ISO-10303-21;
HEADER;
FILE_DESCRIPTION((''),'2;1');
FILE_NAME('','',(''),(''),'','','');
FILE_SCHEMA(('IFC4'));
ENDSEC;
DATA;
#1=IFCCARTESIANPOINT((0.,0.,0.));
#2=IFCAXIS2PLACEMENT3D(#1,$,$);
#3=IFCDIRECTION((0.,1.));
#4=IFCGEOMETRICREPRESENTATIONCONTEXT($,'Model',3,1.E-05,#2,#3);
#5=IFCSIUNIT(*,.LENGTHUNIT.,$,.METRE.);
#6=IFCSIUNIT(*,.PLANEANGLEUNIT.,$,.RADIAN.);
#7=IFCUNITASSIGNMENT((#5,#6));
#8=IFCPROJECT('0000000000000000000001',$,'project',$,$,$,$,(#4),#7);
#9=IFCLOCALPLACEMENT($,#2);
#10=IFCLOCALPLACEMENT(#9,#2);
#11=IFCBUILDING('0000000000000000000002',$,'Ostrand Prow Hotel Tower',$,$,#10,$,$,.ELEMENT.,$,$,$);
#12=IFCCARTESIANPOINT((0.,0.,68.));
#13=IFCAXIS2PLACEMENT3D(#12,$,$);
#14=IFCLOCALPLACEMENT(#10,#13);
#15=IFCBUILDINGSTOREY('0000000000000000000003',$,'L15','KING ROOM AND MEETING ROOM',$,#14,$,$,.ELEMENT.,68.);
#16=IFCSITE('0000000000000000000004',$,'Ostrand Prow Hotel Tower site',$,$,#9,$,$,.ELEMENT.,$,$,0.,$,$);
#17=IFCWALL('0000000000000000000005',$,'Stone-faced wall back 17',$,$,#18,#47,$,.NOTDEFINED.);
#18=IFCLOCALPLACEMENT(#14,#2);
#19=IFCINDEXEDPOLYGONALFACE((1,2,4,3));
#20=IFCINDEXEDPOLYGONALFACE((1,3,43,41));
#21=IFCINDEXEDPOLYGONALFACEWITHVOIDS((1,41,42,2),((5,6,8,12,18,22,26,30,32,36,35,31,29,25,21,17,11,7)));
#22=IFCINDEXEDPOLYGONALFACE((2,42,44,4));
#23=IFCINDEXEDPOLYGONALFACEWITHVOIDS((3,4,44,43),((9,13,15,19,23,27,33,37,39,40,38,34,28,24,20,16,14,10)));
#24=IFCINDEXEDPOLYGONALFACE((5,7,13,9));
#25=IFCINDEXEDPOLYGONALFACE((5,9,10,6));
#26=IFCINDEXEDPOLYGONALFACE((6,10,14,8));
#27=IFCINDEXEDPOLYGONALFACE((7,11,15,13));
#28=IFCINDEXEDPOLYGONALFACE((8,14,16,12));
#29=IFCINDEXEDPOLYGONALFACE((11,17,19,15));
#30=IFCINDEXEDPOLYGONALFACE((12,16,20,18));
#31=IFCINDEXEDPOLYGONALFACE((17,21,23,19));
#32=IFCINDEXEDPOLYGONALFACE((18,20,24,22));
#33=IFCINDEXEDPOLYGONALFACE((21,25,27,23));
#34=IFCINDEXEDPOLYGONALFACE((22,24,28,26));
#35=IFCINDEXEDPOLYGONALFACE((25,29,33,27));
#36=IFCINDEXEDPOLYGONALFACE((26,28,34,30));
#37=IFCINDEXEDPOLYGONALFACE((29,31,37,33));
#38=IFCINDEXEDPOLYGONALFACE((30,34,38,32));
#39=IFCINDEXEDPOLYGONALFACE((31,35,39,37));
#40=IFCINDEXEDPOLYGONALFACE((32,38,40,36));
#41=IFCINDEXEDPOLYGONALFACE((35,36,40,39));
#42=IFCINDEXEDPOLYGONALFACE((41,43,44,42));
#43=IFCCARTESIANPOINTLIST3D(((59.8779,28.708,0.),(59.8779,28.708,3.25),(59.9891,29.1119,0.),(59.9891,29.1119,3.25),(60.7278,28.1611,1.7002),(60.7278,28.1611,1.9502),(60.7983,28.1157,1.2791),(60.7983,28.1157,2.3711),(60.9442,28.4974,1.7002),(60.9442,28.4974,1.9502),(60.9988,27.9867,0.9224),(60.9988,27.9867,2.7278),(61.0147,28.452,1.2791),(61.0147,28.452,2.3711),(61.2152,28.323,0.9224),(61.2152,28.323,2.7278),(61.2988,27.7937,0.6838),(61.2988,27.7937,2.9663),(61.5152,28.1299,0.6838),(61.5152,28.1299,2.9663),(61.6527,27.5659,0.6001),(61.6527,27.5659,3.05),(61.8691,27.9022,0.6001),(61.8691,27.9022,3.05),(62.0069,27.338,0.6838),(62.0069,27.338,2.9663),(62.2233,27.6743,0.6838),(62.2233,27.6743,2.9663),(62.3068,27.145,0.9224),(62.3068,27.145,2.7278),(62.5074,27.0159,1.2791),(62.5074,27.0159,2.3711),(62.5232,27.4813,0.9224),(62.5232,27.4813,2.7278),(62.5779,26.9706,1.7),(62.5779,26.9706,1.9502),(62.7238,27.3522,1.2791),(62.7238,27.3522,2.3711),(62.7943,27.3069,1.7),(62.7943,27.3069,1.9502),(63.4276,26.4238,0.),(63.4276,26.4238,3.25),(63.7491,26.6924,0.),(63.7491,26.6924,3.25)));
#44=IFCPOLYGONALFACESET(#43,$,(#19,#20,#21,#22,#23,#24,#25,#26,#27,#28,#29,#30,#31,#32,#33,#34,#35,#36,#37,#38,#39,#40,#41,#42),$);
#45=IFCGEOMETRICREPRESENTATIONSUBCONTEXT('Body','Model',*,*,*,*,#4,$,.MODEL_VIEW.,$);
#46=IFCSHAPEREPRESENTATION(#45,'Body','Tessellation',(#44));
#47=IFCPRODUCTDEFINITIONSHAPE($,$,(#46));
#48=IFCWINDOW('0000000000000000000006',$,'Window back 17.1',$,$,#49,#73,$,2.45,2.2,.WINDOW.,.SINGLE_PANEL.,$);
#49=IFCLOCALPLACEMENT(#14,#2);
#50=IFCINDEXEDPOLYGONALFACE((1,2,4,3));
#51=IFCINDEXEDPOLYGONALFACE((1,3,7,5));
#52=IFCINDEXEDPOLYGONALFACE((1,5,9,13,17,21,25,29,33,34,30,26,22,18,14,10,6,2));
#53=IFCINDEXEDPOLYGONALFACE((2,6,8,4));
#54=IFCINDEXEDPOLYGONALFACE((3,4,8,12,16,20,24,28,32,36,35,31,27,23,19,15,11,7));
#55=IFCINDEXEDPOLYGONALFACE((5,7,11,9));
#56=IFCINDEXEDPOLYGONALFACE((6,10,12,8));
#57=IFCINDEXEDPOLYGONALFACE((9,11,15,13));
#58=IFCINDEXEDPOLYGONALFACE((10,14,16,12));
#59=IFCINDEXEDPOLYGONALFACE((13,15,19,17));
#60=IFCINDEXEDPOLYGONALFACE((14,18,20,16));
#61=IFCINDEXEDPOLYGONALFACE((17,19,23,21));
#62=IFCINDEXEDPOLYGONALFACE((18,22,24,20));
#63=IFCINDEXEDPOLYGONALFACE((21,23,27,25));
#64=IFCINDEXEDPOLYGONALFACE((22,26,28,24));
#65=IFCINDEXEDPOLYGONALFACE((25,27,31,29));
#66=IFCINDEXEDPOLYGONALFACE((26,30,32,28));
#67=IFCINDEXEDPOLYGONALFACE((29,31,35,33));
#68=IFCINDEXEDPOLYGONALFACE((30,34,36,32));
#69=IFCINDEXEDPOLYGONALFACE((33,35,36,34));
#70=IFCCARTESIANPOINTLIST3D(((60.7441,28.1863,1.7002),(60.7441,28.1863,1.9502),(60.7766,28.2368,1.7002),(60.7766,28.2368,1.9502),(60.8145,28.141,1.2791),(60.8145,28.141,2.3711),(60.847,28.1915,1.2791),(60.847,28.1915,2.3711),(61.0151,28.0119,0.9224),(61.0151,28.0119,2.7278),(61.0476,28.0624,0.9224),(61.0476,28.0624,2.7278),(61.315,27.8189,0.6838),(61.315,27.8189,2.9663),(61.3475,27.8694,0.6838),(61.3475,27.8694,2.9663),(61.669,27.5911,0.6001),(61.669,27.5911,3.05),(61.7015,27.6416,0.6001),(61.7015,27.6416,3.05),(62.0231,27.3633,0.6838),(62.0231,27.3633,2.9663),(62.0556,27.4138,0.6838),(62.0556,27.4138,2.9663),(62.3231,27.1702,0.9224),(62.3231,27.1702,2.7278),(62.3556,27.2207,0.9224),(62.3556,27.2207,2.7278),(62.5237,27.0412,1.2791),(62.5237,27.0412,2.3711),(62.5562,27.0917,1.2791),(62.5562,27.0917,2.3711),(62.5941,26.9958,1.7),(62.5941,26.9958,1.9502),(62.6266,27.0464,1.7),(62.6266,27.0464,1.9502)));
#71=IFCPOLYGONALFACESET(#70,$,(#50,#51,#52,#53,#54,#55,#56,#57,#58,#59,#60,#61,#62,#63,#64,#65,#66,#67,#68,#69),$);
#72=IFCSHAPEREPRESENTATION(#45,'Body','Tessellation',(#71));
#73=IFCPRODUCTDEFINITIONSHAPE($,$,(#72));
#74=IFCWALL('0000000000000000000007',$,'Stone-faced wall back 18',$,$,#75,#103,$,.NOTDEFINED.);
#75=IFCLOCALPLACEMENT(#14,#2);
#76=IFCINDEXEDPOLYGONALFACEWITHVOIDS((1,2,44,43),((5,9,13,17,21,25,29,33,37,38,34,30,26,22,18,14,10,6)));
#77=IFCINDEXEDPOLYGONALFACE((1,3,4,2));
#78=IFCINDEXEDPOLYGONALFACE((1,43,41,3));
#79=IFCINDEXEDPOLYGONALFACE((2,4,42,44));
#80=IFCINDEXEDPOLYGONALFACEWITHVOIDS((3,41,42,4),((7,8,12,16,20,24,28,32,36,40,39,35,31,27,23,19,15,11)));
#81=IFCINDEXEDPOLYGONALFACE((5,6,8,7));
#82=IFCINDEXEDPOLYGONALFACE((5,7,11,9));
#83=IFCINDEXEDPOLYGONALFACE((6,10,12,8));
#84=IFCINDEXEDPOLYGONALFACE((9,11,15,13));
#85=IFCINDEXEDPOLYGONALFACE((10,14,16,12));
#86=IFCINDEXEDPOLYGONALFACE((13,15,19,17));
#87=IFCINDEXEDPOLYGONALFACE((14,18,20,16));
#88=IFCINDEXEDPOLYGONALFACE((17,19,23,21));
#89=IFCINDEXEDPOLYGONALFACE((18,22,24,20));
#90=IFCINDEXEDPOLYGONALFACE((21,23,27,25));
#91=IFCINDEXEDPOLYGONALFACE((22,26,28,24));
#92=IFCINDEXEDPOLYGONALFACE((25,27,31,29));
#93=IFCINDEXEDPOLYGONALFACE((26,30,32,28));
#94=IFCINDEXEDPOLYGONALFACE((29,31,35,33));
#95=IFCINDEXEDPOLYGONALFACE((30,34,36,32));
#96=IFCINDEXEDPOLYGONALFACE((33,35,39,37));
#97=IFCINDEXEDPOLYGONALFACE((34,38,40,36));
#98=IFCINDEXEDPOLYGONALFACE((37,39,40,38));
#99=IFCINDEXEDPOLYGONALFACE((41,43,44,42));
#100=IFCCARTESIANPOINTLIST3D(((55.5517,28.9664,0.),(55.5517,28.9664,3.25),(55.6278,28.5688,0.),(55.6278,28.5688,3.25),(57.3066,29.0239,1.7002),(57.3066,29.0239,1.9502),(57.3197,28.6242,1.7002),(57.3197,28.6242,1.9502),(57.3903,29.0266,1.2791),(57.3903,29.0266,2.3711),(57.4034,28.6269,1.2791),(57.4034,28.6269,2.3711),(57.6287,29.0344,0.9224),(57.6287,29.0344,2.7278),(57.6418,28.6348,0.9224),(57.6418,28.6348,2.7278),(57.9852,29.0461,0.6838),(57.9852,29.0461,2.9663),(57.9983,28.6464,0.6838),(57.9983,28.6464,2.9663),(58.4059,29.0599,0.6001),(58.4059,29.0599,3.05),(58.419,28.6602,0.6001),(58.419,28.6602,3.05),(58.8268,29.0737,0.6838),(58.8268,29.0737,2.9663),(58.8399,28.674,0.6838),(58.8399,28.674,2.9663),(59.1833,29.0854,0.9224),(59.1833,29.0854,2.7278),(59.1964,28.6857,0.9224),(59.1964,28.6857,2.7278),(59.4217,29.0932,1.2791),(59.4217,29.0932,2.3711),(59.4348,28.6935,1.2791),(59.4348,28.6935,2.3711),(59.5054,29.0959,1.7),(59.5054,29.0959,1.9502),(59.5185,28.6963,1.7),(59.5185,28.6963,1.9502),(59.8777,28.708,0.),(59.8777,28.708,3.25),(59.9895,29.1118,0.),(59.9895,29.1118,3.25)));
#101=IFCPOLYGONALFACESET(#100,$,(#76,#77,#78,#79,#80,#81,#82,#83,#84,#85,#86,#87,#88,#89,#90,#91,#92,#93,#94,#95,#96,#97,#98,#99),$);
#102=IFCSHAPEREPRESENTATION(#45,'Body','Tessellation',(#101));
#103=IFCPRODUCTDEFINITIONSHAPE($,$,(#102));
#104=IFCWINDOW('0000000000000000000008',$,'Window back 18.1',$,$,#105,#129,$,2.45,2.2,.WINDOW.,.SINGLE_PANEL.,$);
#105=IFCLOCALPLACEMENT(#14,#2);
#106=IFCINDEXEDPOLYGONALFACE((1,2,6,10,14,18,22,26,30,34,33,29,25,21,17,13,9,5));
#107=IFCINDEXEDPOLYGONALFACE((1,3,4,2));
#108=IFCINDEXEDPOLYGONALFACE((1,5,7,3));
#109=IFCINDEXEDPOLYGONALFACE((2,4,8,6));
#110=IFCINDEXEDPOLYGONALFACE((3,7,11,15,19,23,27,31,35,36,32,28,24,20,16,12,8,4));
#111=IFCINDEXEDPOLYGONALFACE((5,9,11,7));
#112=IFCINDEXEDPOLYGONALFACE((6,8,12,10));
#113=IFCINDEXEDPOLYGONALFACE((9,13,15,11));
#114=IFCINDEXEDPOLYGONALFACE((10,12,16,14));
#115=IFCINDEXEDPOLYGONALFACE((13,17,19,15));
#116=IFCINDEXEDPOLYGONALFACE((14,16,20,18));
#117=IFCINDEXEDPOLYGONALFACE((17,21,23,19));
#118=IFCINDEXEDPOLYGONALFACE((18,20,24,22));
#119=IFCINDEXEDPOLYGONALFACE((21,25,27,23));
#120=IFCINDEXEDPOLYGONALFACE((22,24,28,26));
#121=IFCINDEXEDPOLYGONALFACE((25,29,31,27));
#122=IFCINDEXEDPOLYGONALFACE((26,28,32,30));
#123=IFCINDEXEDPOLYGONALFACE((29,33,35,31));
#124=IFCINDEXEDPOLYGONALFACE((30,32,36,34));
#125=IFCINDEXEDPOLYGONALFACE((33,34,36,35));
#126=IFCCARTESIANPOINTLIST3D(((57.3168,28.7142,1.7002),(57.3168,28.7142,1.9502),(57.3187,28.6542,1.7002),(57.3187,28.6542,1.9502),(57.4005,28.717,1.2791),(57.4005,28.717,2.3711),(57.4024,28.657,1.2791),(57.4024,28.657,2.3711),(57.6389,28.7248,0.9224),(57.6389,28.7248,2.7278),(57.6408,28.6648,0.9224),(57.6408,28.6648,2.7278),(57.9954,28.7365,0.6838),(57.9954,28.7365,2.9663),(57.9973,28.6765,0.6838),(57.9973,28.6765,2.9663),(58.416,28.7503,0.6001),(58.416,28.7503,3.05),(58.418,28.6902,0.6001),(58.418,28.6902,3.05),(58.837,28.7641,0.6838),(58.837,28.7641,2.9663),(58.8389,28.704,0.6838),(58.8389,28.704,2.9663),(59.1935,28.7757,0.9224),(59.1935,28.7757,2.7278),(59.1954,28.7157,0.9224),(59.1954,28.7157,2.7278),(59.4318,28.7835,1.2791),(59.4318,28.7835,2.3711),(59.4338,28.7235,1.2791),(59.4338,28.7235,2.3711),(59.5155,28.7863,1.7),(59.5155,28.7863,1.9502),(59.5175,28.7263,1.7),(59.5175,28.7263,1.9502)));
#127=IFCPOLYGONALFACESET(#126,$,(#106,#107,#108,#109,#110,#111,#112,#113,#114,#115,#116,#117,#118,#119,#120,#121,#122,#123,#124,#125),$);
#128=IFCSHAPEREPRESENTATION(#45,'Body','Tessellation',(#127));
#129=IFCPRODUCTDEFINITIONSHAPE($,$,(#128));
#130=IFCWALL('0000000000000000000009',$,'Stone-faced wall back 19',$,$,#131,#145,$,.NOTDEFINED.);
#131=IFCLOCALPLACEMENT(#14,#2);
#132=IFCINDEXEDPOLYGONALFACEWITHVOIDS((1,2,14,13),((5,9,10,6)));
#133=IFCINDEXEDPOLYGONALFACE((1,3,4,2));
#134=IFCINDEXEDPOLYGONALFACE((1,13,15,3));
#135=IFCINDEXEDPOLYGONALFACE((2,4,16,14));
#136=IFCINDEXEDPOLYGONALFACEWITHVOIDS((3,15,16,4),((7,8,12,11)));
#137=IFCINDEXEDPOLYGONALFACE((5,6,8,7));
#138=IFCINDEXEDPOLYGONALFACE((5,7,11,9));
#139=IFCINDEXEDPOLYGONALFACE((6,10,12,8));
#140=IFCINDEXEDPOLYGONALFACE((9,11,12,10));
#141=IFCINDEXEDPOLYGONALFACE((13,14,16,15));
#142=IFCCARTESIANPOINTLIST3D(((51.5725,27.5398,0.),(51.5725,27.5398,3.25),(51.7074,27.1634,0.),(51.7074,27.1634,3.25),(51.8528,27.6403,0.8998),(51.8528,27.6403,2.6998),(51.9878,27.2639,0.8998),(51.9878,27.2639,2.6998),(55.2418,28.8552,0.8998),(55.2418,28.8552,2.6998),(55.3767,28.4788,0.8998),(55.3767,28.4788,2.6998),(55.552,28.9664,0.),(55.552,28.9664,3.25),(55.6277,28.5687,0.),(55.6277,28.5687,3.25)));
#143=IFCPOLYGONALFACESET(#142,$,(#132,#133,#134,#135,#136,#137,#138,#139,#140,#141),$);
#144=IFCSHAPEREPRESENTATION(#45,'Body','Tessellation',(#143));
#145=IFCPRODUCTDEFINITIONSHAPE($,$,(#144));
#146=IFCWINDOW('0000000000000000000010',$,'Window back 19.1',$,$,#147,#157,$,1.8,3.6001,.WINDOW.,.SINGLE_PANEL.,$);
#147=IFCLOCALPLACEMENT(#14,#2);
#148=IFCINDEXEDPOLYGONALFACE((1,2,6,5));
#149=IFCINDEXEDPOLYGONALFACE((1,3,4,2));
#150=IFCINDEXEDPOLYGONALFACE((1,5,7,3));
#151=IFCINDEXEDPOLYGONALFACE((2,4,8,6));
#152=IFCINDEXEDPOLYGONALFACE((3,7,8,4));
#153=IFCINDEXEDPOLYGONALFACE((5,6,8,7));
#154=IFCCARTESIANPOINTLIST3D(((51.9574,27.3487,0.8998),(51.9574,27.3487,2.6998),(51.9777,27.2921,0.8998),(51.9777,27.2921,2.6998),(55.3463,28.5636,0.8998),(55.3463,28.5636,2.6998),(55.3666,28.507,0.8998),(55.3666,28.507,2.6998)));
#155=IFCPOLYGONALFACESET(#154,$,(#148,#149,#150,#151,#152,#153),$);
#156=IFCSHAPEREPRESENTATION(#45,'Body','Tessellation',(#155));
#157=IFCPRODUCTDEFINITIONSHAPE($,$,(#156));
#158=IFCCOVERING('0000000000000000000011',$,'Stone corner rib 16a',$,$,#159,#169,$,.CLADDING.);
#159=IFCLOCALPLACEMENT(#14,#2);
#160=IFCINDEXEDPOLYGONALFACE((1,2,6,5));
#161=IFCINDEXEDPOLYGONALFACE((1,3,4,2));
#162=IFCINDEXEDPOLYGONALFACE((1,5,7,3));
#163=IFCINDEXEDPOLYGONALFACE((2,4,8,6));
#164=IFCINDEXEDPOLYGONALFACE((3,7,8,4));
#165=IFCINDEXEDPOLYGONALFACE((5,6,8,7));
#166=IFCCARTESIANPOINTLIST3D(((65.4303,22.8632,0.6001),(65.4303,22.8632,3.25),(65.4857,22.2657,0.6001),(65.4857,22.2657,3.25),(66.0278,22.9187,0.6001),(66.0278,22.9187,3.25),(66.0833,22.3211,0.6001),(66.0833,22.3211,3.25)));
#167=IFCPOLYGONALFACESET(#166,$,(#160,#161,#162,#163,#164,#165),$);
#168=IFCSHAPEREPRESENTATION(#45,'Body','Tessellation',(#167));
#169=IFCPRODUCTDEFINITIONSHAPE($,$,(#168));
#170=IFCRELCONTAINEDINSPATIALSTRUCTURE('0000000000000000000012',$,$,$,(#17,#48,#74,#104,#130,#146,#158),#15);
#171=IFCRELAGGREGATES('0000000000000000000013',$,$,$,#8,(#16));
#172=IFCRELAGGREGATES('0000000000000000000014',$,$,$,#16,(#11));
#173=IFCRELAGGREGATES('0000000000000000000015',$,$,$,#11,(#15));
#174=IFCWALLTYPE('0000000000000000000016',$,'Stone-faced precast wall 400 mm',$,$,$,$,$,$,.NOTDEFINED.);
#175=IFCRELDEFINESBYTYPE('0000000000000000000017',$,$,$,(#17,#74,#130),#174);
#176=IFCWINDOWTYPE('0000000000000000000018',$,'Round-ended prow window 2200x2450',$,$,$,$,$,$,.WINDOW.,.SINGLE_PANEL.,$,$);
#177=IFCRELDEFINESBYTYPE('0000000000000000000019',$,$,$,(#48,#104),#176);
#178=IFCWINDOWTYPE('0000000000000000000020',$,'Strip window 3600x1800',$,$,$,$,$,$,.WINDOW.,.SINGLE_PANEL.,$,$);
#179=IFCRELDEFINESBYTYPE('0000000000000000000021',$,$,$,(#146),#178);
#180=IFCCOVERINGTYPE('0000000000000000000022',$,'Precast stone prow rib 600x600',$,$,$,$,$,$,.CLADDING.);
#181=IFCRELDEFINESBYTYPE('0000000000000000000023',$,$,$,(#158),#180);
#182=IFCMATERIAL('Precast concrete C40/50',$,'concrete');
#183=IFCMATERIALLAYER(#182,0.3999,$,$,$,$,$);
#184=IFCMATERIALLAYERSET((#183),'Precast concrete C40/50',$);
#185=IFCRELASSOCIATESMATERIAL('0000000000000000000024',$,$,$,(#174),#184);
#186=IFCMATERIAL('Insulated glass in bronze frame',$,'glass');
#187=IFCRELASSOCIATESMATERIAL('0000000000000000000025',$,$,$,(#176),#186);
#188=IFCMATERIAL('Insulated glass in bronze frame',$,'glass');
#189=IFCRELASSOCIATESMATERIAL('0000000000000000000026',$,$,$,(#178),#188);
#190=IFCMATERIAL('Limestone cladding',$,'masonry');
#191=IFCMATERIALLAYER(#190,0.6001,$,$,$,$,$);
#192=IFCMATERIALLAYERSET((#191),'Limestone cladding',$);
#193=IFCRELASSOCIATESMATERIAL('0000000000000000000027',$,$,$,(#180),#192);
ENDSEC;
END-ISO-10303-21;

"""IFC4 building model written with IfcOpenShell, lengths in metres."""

from ifc_helpers import new_model, si_unit, direction, frame, frame_2d, origin, place, context, subcontext, project, spatial, polyline, rectangle, outline, extrude, material, layer, layer_set, type_object, element, fill, save


model = new_model("IFC4")

# Units and contexts
model_context = context("Model", 3, precision=1e-05, world=origin(), true_north=direction((0.0, 1.0)))
body_context = subcontext(model_context, "Body", "Model", "MODEL_VIEW")
ifc_project = project(units=[si_unit("LENGTHUNIT", "METRE"), si_unit("PLANEANGLEUNIT", "RADIAN")], contexts=[model_context])

# Site, building, storey
site_placement = place(None, origin())
site = spatial("IfcSite", under=ifc_project, at=site_placement, Name="Ostrand Prow Hotel Tower site", CompositionType="ELEMENT", RefElevation=0.0)
building_placement = place(site_placement, origin())
building = spatial("IfcBuilding", under=site, at=building_placement, Name="Ostrand Prow Hotel Tower", CompositionType="ELEMENT")
storey_placement = place(building_placement, frame((0.0, 0.0, 68.0)))
storey = spatial("IfcBuildingStorey", under=building, at=storey_placement, Name="L15", Description="KING ROOM AND MEETING ROOM", CompositionType="ELEMENT", Elevation=68.0)

# Walls, openings, windows
ifc_material_1 = material(Name="Precast concrete C40/50", Category="concrete")
ifc_layer_1 = layer(ifc_material_1, 0.3999)
ifc_layer_set_1 = layer_set([ifc_layer_1], Name="Precast concrete C40/50")
wall_type_1 = type_object("IfcWallType", Name="Stone-faced precast wall 400 mm", PredefinedType="NOTDEFINED", material=ifc_layer_set_1)
ifc_material_2 = material(Name="Insulated glass in bronze frame", Category="glass")
window_type_1 = type_object("IfcWindowType", Name="Round-ended prow window 2200x2450", PartitioningType="SINGLE_PANEL", PredefinedType="WINDOW", material=ifc_material_2)
wall_1_placement = place(storey_placement, frame((63.5884, 26.5581, 0.0), z_axis=(0.0, 0.0, 1.0), x_axis=(-0.840937, 0.541132, 0.0)))
wall_1 = element("IfcWall", 1, at=wall_1_placement, inside=storey, type_object=wall_type_1, Name="Stone-faced wall back 17", PredefinedType="NOTDEFINED", context=body_context, shape_type="SweptSolid", body=[
    extrude(outline(polyline([(-0.0625, -0.2), (4.4087, -0.2), (4.2837, 0.2), (0.0625, 0.2), (-0.0625, -0.2)])), origin(), (0.0, 0.0, 1.0), 3.25),
])
opening_1_placement = place(wall_1_placement, frame((1.073, 0.0, 0.6001)))
opening_1 = element("IfcOpeningElement", 2, at=opening_1_placement, cuts=wall_1, PredefinedType="OPENING", context=body_context, shape_type="SweptSolid", body=[
    extrude(outline(polyline([(0.0, 1.3501), (0.0837, 1.771), (0.3223, 2.1277), (0.679, 2.3662), (1.1001, 2.45), (1.521, 2.3662), (1.8777, 2.1277), (2.1162, 1.771), (2.2, 1.3501), (2.2, 1.1001), (2.1162, 0.679), (1.8777, 0.3223), (1.521, 0.0837), (1.1001, 0.0), (0.679, 0.0837), (0.3223, 0.3223), (0.0837, 0.679), (0.0, 1.0999), (0.0, 1.3501)])), frame((0.0, 0.21, 0.0), z_axis=(0.0, -1.0, 0.0), x_axis=(1.0, 0.0, 0.0)), (0.0, 0.0, 1.0), 0.4199),
])
window_1_placement = place(opening_1_placement, origin())
window_1 = element("IfcWindow", 3, at=window_1_placement, inside=storey, type_object=window_type_1, Name="Window back 17.1", OverallHeight=2.45, OverallWidth=2.2, PartitioningType="SINGLE_PANEL", PredefinedType="WINDOW", context=body_context, shape_type="SweptSolid", body=[
    extrude(outline(polyline([(0.0, 1.3501), (0.0837, 1.771), (0.3223, 2.1277), (0.679, 2.3662), (1.1001, 2.45), (1.521, 2.3662), (1.8777, 2.1277), (2.1162, 1.771), (2.2, 1.3501), (2.2, 1.1001), (2.1162, 0.679), (1.8777, 0.3223), (1.521, 0.0837), (1.1001, 0.0), (0.679, 0.0837), (0.3223, 0.3223), (0.0837, 0.679), (0.0, 1.0999), (0.0, 1.3501)])), frame((0.0, 0.1699, 0.0), z_axis=(0.0, -1.0, 0.0), x_axis=(1.0, 0.0, 0.0)), (0.0, 0.0, 1.0), 0.0601),
])
fill(opening_1, window_1)
wall_2_placement = place(storey_placement, frame((59.9336, 28.9099, 0.0), z_axis=(0.0, 0.0, 1.0), x_axis=(-0.999464, -0.03275, 0.0)))
wall_2 = element("IfcWall", 4, at=wall_2_placement, inside=storey, type_object=wall_type_1, Name="Stone-faced wall back 18", PredefinedType="NOTDEFINED", context=body_context, shape_type="SweptSolid", body=[
    extrude(outline(polyline([(-0.0625, -0.2), (4.3777, -0.2), (4.3147, 0.2), (0.0625, 0.2), (-0.0625, -0.2)])), origin(), (0.0, 0.0, 1.0), 3.25),
])
opening_2_placement = place(wall_2_placement, frame((0.4219, 0.0, 0.6001)))
opening_2 = element("IfcOpeningElement", 5, at=opening_2_placement, cuts=wall_2, PredefinedType="OPENING", context=body_context, shape_type="SweptSolid", body=[
    extrude(outline(polyline([(0.0, 1.3501), (0.0837, 1.771), (0.3223, 2.1277), (0.679, 2.3662), (1.1001, 2.45), (1.521, 2.3662), (1.8777, 2.1277), (2.1162, 1.771), (2.2, 1.3501), (2.2, 1.1001), (2.1162, 0.679), (1.8777, 0.3223), (1.521, 0.0837), (1.1001, 0.0), (0.679, 0.0837), (0.3223, 0.3223), (0.0837, 0.679), (0.0, 1.0999), (0.0, 1.3501)])), frame((0.0, 0.21, 0.0), z_axis=(0.0, -1.0, 0.0), x_axis=(1.0, 0.0, 0.0)), (0.0, 0.0, 1.0), 0.4199),
])
window_2_placement = place(opening_2_placement, origin())
window_2 = element("IfcWindow", 6, at=window_2_placement, inside=storey, type_object=window_type_1, Name="Window back 18.1", OverallHeight=2.45, OverallWidth=2.2, PartitioningType="SINGLE_PANEL", PredefinedType="WINDOW", context=body_context, shape_type="SweptSolid", body=[
    extrude(outline(polyline([(0.0, 1.3501), (0.0837, 1.771), (0.3223, 2.1277), (0.679, 2.3662), (1.1001, 2.45), (1.521, 2.3662), (1.8777, 2.1277), (2.1162, 1.771), (2.2, 1.3501), (2.2, 1.1001), (2.1162, 0.679), (1.8777, 0.3223), (1.521, 0.0837), (1.1001, 0.0), (0.679, 0.0837), (0.3223, 0.3223), (0.0837, 0.679), (0.0, 1.0999), (0.0, 1.3501)])), frame((0.0, 0.1699, 0.0), z_axis=(0.0, -1.0, 0.0), x_axis=(1.0, 0.0, 0.0)), (0.0, 0.0, 1.0), 0.0601),
])
fill(opening_2, window_2)
wall_3_placement = place(storey_placement, frame((55.5898, 28.7676, 0.0), z_axis=(0.0, 0.0, 1.0), x_axis=(-0.94134, -0.33746, 0.0)))
wall_3 = element("IfcWall", 7, at=wall_3_placement, inside=storey, type_object=wall_type_1, Name="Stone-faced wall back 19", PredefinedType="NOTDEFINED", context=body_context, shape_type="SweptSolid", body=[
    extrude(outline(polyline([(-0.0315, -0.2), (4.196, -0.2), (4.196, 0.2), (0.0315, 0.2), (-0.0315, -0.2)])), origin(), (0.0, 0.0, 1.0), 3.25),
])
opening_3_placement = place(wall_3_placement, frame((0.2981, 0.0, 0.8999)))
opening_3 = element("IfcOpeningElement", 8, at=opening_3_placement, cuts=wall_3, PredefinedType="OPENING", context=body_context, shape_type="SweptSolid", body=[
    extrude(rectangle(XDim=3.6001, YDim=1.8, at=frame_2d((1.8, 0.8999))), frame((0.0, 0.21, 0.0), z_axis=(0.0, -1.0, 0.0), x_axis=(1.0, 0.0, 0.0)), (0.0, 0.0, 1.0), 0.4199),
])
ifc_material_3 = material(Name="Insulated glass in bronze frame", Category="glass")
window_type_2 = type_object("IfcWindowType", Name="Strip window 3600x1800", PartitioningType="SINGLE_PANEL", PredefinedType="WINDOW", material=ifc_material_3)
window_3_placement = place(opening_3_placement, origin())
window_3 = element("IfcWindow", 9, at=window_3_placement, inside=storey, type_object=window_type_2, Name="Window back 19.1", OverallHeight=1.8, OverallWidth=3.6001, PartitioningType="SINGLE_PANEL", PredefinedType="WINDOW", context=body_context, shape_type="SweptSolid", body=[
    extrude(rectangle(XDim=3.6001, YDim=1.8, at=frame_2d((1.8, 0.8999))), frame((0.0, 0.1699, 0.0), z_axis=(0.0, -1.0, 0.0), x_axis=(1.0, 0.0, 0.0)), (0.0, 0.0, 1.0), 0.0601),
])
fill(opening_3, window_3)

# Covering
ifc_material_4 = material(Name="Limestone cladding", Category="masonry")
ifc_layer_2 = layer(ifc_material_4, 0.6001)
ifc_layer_set_2 = layer_set([ifc_layer_2], Name="Limestone cladding")
covering_type = type_object("IfcCoveringType", Name="Precast stone prow rib 600x600", PredefinedType="CLADDING", material=ifc_layer_set_2)
for number, where, z_axis, x_axis, name in (
    (10, (65.458, 22.5645, 0.6001), (0.0, 0.0, 1.0), (0.995725, 0.09237, 0.0), "Stone corner rib 16a"),
):
    element("IfcCovering", number, at=place(storey_placement, frame(where, z_axis=z_axis, x_axis=x_axis)), inside=storey, type_object=covering_type, Name=name, PredefinedType="CLADDING", context=body_context, shape_type="SweptSolid", body=[
        extrude(rectangle(XDim=0.6001, YDim=0.6001, at=frame_2d((0.3, 0.0))), origin(), (0.0, 0.0, 1.0), 2.6499),
    ])

save(model, "model.ifc")
